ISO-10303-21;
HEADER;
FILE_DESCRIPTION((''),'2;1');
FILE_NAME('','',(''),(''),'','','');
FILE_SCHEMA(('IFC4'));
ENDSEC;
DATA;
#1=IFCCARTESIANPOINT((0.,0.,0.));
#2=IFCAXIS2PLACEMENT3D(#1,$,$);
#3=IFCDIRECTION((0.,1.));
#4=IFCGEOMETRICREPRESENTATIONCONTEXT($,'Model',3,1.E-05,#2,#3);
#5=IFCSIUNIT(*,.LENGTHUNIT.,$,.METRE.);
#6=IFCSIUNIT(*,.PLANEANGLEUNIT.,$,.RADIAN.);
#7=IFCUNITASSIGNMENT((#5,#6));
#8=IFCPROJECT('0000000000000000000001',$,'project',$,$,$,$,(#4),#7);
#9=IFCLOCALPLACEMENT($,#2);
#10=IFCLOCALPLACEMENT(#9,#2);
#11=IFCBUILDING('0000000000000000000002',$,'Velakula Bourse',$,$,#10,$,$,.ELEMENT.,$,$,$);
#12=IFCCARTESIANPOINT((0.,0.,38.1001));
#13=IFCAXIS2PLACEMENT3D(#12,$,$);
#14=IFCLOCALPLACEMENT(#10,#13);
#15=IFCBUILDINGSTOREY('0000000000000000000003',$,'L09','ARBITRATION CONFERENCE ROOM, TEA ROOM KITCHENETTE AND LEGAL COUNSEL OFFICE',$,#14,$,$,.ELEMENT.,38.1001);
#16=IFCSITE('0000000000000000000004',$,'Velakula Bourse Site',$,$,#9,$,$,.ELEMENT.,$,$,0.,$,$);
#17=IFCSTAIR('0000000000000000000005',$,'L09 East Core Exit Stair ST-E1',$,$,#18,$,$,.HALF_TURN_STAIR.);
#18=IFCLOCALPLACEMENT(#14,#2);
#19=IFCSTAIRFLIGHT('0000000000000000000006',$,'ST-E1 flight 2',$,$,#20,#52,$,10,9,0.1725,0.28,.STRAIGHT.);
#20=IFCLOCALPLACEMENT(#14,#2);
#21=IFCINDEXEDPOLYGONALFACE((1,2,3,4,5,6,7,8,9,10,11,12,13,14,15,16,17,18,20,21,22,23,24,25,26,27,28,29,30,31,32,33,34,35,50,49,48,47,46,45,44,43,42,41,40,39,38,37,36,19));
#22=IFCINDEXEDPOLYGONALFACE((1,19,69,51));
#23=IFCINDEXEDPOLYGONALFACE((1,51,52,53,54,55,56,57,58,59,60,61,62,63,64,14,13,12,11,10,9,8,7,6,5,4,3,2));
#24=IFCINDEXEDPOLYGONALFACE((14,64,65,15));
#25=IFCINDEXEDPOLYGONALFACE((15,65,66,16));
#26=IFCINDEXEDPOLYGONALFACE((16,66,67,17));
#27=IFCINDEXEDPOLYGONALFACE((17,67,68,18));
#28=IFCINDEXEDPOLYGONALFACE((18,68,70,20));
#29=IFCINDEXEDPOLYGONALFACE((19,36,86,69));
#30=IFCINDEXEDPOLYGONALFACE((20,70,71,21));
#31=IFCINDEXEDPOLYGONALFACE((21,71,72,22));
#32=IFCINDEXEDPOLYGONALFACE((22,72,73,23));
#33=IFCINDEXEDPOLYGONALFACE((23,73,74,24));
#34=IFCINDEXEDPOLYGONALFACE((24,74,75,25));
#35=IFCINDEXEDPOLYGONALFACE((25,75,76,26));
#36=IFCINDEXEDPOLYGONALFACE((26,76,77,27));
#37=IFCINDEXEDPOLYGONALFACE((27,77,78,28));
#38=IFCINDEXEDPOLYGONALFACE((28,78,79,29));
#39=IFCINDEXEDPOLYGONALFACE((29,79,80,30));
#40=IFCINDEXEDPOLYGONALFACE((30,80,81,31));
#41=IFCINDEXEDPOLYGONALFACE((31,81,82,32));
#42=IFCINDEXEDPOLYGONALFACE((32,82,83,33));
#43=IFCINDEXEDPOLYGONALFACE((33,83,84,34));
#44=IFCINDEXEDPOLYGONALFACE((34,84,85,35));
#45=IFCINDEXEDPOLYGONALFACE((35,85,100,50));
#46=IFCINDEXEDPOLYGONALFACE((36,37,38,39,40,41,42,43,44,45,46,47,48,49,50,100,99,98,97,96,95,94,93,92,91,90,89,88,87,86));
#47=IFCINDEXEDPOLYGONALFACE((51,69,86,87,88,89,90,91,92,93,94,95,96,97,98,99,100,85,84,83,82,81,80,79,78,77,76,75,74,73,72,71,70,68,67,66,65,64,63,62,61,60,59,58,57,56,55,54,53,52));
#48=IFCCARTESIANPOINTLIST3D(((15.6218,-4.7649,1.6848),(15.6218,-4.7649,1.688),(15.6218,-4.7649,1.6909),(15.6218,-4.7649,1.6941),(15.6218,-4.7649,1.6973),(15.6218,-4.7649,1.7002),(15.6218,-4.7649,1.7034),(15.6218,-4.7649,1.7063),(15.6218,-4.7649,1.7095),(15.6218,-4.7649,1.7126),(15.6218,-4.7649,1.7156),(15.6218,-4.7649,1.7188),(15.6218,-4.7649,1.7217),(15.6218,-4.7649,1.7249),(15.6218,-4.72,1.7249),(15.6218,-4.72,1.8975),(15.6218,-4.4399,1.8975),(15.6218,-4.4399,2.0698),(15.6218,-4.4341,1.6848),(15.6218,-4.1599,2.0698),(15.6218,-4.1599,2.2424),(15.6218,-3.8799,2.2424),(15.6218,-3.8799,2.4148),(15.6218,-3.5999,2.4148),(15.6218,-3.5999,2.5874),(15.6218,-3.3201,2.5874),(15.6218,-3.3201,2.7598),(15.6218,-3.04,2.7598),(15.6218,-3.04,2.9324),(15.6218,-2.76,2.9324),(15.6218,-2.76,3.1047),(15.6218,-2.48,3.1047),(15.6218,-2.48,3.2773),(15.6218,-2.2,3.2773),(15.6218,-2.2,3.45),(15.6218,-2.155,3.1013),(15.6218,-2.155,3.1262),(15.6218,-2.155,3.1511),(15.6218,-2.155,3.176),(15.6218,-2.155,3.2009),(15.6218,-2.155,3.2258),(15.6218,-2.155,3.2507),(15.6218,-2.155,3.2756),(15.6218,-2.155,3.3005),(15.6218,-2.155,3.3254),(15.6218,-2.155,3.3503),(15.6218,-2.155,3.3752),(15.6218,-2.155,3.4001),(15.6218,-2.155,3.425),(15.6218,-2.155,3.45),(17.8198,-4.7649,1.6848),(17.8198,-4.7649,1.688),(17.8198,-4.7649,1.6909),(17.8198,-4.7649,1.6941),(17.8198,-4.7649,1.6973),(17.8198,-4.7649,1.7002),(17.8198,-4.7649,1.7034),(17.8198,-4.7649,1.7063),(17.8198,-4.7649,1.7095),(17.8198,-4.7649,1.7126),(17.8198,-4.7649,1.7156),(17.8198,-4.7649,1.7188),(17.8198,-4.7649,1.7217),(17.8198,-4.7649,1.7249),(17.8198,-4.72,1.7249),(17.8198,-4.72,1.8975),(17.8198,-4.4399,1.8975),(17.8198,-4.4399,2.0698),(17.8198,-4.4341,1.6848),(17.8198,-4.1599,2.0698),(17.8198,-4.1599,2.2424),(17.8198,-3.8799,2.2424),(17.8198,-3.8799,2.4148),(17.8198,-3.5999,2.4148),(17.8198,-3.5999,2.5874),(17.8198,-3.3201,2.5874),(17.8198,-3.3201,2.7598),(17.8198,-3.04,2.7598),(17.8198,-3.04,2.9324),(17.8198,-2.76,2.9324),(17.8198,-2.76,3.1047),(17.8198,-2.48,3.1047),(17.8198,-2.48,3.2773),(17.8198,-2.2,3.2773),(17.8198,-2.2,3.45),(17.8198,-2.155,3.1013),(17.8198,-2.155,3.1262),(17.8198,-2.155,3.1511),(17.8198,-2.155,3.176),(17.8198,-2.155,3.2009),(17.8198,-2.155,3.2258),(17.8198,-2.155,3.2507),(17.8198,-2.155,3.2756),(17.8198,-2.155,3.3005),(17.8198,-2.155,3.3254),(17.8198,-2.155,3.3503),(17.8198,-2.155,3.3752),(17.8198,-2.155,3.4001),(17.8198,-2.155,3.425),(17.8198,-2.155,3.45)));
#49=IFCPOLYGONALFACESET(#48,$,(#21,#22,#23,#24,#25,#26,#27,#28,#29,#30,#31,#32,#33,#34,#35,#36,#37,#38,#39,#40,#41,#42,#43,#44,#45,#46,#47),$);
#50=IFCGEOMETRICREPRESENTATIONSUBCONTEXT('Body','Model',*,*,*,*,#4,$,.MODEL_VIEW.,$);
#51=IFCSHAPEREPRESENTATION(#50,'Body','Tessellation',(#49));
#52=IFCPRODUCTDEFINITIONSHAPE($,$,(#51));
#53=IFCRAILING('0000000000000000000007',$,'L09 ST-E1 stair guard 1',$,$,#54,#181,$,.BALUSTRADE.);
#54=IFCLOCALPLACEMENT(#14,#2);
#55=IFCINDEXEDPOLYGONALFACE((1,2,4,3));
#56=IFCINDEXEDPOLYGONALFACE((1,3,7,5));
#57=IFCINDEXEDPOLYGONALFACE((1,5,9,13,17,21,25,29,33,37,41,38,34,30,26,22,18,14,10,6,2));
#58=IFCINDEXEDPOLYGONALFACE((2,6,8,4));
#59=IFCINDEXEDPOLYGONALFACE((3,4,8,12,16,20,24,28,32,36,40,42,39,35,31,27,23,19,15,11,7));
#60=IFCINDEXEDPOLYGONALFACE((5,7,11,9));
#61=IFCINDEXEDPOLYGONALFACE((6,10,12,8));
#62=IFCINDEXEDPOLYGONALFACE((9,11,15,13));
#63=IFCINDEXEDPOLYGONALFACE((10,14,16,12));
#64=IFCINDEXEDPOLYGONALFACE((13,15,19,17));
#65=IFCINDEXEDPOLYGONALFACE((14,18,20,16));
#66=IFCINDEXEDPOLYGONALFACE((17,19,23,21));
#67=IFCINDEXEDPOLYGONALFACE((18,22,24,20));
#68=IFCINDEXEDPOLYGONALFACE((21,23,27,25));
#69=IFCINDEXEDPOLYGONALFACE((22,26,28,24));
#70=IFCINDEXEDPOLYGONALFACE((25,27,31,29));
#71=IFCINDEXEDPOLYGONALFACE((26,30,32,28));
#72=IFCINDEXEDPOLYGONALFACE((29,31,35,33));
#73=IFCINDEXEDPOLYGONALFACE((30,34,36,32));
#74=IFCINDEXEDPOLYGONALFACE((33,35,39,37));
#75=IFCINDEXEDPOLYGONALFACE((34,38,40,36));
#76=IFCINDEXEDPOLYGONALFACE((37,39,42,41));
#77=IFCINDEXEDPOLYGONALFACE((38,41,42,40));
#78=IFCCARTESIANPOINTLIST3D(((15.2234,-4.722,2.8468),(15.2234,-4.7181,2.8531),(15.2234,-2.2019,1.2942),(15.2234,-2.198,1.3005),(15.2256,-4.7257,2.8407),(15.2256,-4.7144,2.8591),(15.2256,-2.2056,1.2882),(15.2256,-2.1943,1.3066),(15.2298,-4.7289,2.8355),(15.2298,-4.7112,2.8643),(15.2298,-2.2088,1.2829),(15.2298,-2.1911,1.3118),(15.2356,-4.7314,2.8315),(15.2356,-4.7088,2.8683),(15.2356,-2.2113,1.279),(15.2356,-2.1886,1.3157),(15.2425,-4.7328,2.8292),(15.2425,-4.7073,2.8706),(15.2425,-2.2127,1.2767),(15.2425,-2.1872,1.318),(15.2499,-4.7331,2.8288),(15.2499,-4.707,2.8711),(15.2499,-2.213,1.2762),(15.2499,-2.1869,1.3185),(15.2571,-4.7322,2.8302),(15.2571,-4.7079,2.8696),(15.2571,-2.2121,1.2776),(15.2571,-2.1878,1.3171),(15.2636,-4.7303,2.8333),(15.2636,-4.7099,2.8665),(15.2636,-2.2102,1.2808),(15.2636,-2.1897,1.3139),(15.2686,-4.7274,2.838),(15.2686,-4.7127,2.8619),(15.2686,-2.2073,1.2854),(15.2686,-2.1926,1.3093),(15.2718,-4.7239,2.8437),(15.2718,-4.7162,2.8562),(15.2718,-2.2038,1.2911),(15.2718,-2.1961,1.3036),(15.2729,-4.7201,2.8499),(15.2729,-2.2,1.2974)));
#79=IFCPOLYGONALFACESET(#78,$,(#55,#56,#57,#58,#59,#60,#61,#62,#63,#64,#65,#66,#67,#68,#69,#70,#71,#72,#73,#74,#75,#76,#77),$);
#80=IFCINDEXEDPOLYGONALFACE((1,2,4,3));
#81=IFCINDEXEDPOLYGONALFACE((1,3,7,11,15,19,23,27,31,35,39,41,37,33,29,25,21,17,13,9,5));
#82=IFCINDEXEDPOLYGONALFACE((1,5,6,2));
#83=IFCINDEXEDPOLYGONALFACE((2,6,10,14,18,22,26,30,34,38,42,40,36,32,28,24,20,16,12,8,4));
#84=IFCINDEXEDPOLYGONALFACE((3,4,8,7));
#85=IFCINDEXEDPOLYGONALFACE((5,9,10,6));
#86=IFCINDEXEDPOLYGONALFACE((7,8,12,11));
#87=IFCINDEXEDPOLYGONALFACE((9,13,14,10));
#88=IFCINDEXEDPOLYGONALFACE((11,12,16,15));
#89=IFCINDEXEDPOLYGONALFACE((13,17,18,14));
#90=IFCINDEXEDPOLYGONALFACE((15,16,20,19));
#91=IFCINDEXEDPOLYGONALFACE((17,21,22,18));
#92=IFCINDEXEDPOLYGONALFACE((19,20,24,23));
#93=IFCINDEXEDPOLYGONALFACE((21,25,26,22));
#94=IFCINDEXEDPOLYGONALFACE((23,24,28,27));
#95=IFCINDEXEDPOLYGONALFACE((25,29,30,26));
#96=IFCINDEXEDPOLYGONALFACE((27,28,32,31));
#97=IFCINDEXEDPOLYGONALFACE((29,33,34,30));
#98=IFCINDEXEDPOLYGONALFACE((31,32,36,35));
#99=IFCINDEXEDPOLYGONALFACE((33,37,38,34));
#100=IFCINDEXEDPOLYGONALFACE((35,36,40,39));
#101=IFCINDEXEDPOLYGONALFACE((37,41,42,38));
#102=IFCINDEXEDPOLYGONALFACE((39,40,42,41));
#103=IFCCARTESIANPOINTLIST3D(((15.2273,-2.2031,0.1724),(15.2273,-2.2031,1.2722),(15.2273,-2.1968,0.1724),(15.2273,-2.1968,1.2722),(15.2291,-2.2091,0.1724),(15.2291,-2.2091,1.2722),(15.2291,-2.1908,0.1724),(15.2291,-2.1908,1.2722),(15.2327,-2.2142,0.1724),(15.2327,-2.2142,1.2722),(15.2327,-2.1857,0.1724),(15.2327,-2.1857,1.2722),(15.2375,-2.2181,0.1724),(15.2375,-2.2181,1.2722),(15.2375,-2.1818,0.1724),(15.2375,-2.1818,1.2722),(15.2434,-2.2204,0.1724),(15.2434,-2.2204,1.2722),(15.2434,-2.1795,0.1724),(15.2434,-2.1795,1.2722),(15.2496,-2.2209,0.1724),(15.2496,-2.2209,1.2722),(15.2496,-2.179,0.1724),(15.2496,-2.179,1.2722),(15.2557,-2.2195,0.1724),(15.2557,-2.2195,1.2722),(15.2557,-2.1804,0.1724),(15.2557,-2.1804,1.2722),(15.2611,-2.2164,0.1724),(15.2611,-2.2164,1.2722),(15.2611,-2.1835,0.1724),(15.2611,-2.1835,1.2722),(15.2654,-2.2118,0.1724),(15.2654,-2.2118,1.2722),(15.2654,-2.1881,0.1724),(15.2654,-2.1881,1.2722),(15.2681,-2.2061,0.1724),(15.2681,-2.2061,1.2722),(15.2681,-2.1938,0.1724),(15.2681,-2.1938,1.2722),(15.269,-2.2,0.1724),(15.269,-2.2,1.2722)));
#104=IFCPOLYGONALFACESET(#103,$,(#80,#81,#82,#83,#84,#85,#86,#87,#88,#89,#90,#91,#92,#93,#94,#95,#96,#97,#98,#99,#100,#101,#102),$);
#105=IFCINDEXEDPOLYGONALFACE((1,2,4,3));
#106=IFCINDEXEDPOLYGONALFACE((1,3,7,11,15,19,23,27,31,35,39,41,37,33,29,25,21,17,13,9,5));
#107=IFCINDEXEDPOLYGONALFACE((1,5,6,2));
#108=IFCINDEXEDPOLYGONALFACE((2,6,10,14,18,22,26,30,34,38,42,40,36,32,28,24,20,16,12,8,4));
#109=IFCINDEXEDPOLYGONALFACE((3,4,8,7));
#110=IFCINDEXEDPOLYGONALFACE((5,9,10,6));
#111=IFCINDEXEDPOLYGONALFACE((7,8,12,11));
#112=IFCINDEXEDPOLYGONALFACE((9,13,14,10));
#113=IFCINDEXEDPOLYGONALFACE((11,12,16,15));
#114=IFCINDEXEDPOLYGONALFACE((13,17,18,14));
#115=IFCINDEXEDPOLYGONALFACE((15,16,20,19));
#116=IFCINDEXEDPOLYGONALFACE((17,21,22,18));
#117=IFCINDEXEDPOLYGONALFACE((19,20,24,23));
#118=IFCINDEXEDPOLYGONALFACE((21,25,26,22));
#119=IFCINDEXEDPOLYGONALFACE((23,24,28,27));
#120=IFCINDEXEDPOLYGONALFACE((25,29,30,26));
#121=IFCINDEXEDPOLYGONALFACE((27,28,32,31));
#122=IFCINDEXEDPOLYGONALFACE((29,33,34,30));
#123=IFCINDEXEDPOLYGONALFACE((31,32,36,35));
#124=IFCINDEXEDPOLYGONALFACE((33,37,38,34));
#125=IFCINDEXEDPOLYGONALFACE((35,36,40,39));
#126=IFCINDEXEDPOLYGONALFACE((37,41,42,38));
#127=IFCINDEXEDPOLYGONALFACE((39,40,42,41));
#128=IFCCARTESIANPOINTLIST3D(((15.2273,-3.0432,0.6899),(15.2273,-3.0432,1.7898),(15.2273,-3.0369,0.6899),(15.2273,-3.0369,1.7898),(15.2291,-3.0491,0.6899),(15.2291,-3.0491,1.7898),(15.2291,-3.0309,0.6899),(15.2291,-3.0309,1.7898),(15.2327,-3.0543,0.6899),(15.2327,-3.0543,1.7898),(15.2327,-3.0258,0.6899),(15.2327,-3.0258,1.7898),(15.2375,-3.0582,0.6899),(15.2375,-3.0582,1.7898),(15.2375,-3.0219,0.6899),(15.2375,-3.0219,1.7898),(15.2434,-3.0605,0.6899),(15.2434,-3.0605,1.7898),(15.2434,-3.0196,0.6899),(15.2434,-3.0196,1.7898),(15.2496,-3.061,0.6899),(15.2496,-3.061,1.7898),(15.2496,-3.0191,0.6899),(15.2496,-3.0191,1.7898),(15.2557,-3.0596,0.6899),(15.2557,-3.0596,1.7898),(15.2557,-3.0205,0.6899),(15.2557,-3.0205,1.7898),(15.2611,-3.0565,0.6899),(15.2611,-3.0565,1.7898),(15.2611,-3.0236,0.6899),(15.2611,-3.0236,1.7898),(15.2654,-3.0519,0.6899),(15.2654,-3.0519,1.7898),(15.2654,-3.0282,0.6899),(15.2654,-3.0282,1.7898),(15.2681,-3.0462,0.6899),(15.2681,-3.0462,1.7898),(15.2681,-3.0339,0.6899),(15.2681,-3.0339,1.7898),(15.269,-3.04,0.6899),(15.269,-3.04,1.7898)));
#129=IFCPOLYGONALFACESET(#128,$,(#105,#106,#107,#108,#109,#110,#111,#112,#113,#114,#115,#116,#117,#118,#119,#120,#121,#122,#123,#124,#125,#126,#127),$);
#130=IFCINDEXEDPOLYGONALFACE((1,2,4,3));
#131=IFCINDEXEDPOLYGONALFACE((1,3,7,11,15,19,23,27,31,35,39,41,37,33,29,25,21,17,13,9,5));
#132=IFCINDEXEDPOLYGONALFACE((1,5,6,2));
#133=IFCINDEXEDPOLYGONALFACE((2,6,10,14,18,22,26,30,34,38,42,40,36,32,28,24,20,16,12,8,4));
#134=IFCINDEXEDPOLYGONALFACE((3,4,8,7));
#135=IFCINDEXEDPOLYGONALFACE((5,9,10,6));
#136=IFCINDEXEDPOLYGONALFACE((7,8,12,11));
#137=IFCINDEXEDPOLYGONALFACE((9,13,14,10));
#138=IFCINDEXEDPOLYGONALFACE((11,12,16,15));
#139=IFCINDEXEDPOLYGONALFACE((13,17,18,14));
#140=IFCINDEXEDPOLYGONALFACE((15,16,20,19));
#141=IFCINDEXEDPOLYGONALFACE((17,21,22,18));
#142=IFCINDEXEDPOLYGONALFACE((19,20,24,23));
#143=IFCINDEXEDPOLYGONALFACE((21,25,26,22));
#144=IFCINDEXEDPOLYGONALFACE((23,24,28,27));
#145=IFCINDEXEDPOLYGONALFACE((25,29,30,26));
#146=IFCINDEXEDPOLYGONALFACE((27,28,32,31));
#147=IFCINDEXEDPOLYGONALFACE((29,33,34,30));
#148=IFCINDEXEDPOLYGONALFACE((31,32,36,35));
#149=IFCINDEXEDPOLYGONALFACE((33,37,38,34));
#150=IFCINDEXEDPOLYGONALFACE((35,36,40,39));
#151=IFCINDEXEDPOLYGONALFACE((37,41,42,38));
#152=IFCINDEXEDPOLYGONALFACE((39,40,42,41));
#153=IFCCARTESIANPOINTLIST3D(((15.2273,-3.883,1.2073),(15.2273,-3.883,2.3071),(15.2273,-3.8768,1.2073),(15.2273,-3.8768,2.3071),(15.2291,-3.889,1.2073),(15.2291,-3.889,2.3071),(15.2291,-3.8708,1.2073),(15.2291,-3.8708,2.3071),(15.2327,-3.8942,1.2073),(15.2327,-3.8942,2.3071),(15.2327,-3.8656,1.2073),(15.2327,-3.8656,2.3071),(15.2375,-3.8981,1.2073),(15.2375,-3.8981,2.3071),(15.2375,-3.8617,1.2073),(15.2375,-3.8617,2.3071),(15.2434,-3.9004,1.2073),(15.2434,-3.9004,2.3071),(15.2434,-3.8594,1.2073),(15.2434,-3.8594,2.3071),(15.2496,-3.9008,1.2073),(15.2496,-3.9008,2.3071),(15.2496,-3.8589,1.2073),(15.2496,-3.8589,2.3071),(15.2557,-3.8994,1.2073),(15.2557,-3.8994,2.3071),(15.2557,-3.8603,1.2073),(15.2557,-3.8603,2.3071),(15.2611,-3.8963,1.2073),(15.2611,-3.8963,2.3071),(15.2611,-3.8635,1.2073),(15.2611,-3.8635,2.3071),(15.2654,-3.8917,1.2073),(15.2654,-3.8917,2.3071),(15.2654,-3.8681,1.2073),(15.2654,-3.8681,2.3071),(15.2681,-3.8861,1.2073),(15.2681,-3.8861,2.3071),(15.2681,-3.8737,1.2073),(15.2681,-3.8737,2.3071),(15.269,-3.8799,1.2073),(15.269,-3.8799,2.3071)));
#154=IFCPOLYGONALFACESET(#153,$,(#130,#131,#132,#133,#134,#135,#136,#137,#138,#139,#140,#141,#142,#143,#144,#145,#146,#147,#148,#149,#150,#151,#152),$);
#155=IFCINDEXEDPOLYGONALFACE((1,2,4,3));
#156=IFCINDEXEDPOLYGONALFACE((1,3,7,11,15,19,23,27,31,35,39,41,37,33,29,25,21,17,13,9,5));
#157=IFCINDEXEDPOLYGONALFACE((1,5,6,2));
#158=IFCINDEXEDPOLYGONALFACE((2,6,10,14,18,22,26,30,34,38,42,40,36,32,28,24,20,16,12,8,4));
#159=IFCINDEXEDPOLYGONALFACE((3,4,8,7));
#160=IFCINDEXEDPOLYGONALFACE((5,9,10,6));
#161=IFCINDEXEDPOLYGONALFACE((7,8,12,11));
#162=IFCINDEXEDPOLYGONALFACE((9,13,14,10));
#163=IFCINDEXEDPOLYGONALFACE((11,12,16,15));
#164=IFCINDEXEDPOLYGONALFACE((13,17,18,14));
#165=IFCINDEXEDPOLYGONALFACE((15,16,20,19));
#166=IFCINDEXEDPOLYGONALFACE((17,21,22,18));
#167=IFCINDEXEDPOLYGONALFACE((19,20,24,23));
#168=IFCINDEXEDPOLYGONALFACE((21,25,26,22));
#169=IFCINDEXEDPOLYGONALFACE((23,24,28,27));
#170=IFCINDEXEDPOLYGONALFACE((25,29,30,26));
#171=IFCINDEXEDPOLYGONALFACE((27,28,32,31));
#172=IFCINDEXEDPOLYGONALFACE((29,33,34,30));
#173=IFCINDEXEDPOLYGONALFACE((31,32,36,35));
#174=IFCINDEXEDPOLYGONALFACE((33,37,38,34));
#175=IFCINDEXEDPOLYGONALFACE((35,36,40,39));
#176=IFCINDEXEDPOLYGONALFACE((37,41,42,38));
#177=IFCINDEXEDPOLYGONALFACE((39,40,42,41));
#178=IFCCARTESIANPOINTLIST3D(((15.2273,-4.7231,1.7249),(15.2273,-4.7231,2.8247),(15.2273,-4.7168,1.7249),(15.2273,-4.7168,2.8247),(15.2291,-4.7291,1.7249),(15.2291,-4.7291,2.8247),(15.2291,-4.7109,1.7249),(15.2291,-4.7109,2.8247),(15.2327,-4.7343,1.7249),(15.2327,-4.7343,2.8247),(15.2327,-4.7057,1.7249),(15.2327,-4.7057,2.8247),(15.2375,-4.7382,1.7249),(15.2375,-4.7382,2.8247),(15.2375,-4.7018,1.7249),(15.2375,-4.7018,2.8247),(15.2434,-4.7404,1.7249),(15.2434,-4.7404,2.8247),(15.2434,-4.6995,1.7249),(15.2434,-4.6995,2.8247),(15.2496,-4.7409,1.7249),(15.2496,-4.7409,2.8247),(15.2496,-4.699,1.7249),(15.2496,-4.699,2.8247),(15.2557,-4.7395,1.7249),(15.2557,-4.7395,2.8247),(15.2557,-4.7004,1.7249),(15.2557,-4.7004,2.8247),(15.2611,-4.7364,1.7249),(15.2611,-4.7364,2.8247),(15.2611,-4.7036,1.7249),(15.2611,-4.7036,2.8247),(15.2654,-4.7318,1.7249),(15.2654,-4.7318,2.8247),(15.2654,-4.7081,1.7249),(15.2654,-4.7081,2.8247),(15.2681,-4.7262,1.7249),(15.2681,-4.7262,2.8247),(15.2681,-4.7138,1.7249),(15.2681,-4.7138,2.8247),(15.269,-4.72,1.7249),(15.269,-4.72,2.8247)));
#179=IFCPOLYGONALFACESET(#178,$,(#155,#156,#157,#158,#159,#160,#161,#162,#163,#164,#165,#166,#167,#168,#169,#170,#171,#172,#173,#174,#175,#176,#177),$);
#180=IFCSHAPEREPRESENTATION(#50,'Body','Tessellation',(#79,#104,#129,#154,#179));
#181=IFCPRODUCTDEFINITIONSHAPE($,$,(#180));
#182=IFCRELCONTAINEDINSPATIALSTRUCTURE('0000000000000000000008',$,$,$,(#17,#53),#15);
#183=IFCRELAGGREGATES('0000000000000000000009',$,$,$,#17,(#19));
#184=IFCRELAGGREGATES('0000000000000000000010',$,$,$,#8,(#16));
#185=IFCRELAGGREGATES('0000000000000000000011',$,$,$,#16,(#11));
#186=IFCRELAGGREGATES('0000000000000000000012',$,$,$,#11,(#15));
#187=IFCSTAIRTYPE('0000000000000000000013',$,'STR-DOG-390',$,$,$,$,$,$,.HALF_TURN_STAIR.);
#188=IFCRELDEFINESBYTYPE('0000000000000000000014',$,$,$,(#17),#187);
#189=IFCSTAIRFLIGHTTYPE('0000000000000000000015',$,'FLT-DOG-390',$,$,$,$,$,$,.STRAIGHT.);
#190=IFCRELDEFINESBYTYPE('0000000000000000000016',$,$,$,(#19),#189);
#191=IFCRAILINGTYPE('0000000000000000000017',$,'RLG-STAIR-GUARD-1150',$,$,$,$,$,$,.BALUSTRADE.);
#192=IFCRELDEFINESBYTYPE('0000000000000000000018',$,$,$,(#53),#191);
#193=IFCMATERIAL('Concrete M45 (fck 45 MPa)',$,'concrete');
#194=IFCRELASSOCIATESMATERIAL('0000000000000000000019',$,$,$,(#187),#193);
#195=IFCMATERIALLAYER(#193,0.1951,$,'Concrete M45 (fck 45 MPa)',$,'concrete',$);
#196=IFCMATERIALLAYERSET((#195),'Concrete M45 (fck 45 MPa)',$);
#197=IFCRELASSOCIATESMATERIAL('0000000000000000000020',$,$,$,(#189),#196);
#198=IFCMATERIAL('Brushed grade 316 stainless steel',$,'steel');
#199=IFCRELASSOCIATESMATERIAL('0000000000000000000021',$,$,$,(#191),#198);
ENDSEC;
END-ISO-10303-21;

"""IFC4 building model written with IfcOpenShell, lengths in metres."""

from ifc_helpers import new_model, si_unit, direction, frame, origin, origin_2d, place, context, subcontext, project, spatial, polyline, circle, outline, extrude, material, layer, layer_set, type_object, element, aggregate, save


model = new_model("IFC4")

# Units and contexts
model_context = context("Model", 3, precision=1e-05, world=origin(), true_north=direction((0.0, 1.0)))
body_context = subcontext(model_context, "Body", "Model", "MODEL_VIEW")
ifc_project = project(units=[si_unit("LENGTHUNIT", "METRE"), si_unit("PLANEANGLEUNIT", "RADIAN")], contexts=[model_context])

# Site, building, storey
site_placement = place(None, origin())
site = spatial("IfcSite", under=ifc_project, at=site_placement, Name="Velakula Bourse Site", CompositionType="ELEMENT", RefElevation=0.0)
building_placement = place(site_placement, origin())
building = spatial("IfcBuilding", under=site, at=building_placement, Name="Velakula Bourse", CompositionType="ELEMENT")
storey_placement = place(building_placement, frame((0.0, 0.0, 38.1001)))
storey = spatial("IfcBuildingStorey", under=building, at=storey_placement, Name="L09", Description="ARBITRATION CONFERENCE ROOM, TEA ROOM KITCHENETTE AND LEGAL COUNSEL OFFICE", CompositionType="ELEMENT", Elevation=38.1001)

# Shared definitions
ifc_material_1 = material(Name="Brushed grade 316 stainless steel", Category="steel")

# Stair, stair flight
ifc_material_2 = material(Name="Concrete M45 (fck 45 MPa)", Category="concrete")
stair_type = type_object("IfcStairType", Name="STR-DOG-390", PredefinedType="HALF_TURN_STAIR", material=ifc_material_2)
stair_placement = place(storey_placement, origin())
stair = element("IfcStair", 1, at=stair_placement, inside=storey, type_object=stair_type, Name="L09 East Core Exit Stair ST-E1", PredefinedType="HALF_TURN_STAIR")
ifc_layer_1 = layer(ifc_material_2, 0.1951, Name="Concrete M45 (fck 45 MPa)", Category="concrete")
ifc_layer_set_1 = layer_set([ifc_layer_1], Name="Concrete M45 (fck 45 MPa)")
stair_flight_type = type_object("IfcStairFlightType", Name="FLT-DOG-390", PredefinedType="STRAIGHT", material=ifc_layer_set_1)
stair_flight_1_placement = place(storey_placement, frame((16.7209, -4.72, 1.7249), z_axis=(0.0, 0.0, 1.0), x_axis=(0.0, 1.0, 0.0)))
stair_flight_1 = element("IfcStairFlight", 2, at=stair_flight_1_placement, type_object=stair_flight_type, Name="ST-E1 flight 2", NumberOfRisers=10, NumberOfTreads=9, PredefinedType="STRAIGHT", RiserHeight=0.1725, TreadLength=0.28, context=body_context, shape_type="SweptSolid", body=[
    extrude(outline(polyline([(-0.0449, -0.04), (-0.0449, -0.0369), (-0.0449, -0.0339), (-0.0449, -0.0308), (-0.0449, -0.0276), (-0.0449, -0.0247), (-0.0449, -0.0215), (-0.0449, -0.0186), (-0.0449, -0.0154), (-0.0449, -0.0122), (-0.0449, -0.0093), (-0.0449, -0.0061), (-0.0449, -0.0032), (-0.0449, 0.0), (0.0, 0.0), (0.0, 0.1726), (0.28, 0.1726), (0.28, 0.345), (0.5601, 0.345), (0.5601, 0.5176), (0.8401, 0.5176), (0.8401, 0.6899), (1.1201, 0.6899), (1.1201, 0.8625), (1.3999, 0.8625), (1.3999, 1.0349), (1.6799, 1.0349), (1.6799, 1.2075), (1.96, 1.2075), (1.96, 1.3799), (2.24, 1.3799), (2.24, 1.5525), (2.52, 1.5525), (2.52, 1.7251), (2.5649, 1.7251), (2.5649, 1.7002), (2.5649, 1.6753), (2.5649, 1.6504), (2.5649, 1.6255), (2.5649, 1.6006), (2.5649, 1.5757), (2.5649, 1.5508), (2.5649, 1.5259), (2.5649, 1.501), (2.5649, 1.4761), (2.5649, 1.4512), (2.5649, 1.4263), (2.5649, 1.4014), (2.5649, 1.3765), (0.2859, -0.04), (-0.0449, -0.04)])), frame((0.0, 1.0991, 0.0), z_axis=(0.0, -1.0, 0.0), x_axis=(1.0, 0.0, 0.0)), (0.0, 0.0, 1.0), 2.198),
])
aggregate(stair, [stair_flight_1])

# Railing
railing_type_1 = type_object("IfcRailingType", Name="RLG-STAIR-GUARD-1150", PredefinedType="BALUSTRADE", material=ifc_material_1)
railing_1_placement = place(storey_placement, frame((15.248, -2.2, 0.1724)))
element("IfcRailing", 3, at=railing_1_placement, inside=storey, type_object=railing_type_1, Name="L09 ST-E1 stair guard 1", PredefinedType="BALUSTRADE", context=body_context, shape_type="SweptSolid", body=[
    extrude(circle(Radius=0.0249, at=origin_2d()), frame((0.0, 0.0, 1.125), z_axis=(0.0, -0.8514, 0.524516), x_axis=(1.0, 0.0, 0.0)), (0.0, 0.0, 1.0), 2.96),
    extrude(circle(Radius=0.021, at=origin_2d()), origin(), (0.0, 0.0, 1.0), 1.0999),
    extrude(circle(Radius=0.021, at=origin_2d()), frame((0.0, -0.8401, 0.5176)), (0.0, 0.0, 1.0), 1.0999),
    extrude(circle(Radius=0.021, at=origin_2d()), frame((0.0, -1.6799, 1.0349)), (0.0, 0.0, 1.0), 1.0999),
    extrude(circle(Radius=0.021, at=origin_2d()), frame((0.0, -2.52, 1.5525)), (0.0, 0.0, 1.0), 1.0999),
])

save(model, "model.ifc")
